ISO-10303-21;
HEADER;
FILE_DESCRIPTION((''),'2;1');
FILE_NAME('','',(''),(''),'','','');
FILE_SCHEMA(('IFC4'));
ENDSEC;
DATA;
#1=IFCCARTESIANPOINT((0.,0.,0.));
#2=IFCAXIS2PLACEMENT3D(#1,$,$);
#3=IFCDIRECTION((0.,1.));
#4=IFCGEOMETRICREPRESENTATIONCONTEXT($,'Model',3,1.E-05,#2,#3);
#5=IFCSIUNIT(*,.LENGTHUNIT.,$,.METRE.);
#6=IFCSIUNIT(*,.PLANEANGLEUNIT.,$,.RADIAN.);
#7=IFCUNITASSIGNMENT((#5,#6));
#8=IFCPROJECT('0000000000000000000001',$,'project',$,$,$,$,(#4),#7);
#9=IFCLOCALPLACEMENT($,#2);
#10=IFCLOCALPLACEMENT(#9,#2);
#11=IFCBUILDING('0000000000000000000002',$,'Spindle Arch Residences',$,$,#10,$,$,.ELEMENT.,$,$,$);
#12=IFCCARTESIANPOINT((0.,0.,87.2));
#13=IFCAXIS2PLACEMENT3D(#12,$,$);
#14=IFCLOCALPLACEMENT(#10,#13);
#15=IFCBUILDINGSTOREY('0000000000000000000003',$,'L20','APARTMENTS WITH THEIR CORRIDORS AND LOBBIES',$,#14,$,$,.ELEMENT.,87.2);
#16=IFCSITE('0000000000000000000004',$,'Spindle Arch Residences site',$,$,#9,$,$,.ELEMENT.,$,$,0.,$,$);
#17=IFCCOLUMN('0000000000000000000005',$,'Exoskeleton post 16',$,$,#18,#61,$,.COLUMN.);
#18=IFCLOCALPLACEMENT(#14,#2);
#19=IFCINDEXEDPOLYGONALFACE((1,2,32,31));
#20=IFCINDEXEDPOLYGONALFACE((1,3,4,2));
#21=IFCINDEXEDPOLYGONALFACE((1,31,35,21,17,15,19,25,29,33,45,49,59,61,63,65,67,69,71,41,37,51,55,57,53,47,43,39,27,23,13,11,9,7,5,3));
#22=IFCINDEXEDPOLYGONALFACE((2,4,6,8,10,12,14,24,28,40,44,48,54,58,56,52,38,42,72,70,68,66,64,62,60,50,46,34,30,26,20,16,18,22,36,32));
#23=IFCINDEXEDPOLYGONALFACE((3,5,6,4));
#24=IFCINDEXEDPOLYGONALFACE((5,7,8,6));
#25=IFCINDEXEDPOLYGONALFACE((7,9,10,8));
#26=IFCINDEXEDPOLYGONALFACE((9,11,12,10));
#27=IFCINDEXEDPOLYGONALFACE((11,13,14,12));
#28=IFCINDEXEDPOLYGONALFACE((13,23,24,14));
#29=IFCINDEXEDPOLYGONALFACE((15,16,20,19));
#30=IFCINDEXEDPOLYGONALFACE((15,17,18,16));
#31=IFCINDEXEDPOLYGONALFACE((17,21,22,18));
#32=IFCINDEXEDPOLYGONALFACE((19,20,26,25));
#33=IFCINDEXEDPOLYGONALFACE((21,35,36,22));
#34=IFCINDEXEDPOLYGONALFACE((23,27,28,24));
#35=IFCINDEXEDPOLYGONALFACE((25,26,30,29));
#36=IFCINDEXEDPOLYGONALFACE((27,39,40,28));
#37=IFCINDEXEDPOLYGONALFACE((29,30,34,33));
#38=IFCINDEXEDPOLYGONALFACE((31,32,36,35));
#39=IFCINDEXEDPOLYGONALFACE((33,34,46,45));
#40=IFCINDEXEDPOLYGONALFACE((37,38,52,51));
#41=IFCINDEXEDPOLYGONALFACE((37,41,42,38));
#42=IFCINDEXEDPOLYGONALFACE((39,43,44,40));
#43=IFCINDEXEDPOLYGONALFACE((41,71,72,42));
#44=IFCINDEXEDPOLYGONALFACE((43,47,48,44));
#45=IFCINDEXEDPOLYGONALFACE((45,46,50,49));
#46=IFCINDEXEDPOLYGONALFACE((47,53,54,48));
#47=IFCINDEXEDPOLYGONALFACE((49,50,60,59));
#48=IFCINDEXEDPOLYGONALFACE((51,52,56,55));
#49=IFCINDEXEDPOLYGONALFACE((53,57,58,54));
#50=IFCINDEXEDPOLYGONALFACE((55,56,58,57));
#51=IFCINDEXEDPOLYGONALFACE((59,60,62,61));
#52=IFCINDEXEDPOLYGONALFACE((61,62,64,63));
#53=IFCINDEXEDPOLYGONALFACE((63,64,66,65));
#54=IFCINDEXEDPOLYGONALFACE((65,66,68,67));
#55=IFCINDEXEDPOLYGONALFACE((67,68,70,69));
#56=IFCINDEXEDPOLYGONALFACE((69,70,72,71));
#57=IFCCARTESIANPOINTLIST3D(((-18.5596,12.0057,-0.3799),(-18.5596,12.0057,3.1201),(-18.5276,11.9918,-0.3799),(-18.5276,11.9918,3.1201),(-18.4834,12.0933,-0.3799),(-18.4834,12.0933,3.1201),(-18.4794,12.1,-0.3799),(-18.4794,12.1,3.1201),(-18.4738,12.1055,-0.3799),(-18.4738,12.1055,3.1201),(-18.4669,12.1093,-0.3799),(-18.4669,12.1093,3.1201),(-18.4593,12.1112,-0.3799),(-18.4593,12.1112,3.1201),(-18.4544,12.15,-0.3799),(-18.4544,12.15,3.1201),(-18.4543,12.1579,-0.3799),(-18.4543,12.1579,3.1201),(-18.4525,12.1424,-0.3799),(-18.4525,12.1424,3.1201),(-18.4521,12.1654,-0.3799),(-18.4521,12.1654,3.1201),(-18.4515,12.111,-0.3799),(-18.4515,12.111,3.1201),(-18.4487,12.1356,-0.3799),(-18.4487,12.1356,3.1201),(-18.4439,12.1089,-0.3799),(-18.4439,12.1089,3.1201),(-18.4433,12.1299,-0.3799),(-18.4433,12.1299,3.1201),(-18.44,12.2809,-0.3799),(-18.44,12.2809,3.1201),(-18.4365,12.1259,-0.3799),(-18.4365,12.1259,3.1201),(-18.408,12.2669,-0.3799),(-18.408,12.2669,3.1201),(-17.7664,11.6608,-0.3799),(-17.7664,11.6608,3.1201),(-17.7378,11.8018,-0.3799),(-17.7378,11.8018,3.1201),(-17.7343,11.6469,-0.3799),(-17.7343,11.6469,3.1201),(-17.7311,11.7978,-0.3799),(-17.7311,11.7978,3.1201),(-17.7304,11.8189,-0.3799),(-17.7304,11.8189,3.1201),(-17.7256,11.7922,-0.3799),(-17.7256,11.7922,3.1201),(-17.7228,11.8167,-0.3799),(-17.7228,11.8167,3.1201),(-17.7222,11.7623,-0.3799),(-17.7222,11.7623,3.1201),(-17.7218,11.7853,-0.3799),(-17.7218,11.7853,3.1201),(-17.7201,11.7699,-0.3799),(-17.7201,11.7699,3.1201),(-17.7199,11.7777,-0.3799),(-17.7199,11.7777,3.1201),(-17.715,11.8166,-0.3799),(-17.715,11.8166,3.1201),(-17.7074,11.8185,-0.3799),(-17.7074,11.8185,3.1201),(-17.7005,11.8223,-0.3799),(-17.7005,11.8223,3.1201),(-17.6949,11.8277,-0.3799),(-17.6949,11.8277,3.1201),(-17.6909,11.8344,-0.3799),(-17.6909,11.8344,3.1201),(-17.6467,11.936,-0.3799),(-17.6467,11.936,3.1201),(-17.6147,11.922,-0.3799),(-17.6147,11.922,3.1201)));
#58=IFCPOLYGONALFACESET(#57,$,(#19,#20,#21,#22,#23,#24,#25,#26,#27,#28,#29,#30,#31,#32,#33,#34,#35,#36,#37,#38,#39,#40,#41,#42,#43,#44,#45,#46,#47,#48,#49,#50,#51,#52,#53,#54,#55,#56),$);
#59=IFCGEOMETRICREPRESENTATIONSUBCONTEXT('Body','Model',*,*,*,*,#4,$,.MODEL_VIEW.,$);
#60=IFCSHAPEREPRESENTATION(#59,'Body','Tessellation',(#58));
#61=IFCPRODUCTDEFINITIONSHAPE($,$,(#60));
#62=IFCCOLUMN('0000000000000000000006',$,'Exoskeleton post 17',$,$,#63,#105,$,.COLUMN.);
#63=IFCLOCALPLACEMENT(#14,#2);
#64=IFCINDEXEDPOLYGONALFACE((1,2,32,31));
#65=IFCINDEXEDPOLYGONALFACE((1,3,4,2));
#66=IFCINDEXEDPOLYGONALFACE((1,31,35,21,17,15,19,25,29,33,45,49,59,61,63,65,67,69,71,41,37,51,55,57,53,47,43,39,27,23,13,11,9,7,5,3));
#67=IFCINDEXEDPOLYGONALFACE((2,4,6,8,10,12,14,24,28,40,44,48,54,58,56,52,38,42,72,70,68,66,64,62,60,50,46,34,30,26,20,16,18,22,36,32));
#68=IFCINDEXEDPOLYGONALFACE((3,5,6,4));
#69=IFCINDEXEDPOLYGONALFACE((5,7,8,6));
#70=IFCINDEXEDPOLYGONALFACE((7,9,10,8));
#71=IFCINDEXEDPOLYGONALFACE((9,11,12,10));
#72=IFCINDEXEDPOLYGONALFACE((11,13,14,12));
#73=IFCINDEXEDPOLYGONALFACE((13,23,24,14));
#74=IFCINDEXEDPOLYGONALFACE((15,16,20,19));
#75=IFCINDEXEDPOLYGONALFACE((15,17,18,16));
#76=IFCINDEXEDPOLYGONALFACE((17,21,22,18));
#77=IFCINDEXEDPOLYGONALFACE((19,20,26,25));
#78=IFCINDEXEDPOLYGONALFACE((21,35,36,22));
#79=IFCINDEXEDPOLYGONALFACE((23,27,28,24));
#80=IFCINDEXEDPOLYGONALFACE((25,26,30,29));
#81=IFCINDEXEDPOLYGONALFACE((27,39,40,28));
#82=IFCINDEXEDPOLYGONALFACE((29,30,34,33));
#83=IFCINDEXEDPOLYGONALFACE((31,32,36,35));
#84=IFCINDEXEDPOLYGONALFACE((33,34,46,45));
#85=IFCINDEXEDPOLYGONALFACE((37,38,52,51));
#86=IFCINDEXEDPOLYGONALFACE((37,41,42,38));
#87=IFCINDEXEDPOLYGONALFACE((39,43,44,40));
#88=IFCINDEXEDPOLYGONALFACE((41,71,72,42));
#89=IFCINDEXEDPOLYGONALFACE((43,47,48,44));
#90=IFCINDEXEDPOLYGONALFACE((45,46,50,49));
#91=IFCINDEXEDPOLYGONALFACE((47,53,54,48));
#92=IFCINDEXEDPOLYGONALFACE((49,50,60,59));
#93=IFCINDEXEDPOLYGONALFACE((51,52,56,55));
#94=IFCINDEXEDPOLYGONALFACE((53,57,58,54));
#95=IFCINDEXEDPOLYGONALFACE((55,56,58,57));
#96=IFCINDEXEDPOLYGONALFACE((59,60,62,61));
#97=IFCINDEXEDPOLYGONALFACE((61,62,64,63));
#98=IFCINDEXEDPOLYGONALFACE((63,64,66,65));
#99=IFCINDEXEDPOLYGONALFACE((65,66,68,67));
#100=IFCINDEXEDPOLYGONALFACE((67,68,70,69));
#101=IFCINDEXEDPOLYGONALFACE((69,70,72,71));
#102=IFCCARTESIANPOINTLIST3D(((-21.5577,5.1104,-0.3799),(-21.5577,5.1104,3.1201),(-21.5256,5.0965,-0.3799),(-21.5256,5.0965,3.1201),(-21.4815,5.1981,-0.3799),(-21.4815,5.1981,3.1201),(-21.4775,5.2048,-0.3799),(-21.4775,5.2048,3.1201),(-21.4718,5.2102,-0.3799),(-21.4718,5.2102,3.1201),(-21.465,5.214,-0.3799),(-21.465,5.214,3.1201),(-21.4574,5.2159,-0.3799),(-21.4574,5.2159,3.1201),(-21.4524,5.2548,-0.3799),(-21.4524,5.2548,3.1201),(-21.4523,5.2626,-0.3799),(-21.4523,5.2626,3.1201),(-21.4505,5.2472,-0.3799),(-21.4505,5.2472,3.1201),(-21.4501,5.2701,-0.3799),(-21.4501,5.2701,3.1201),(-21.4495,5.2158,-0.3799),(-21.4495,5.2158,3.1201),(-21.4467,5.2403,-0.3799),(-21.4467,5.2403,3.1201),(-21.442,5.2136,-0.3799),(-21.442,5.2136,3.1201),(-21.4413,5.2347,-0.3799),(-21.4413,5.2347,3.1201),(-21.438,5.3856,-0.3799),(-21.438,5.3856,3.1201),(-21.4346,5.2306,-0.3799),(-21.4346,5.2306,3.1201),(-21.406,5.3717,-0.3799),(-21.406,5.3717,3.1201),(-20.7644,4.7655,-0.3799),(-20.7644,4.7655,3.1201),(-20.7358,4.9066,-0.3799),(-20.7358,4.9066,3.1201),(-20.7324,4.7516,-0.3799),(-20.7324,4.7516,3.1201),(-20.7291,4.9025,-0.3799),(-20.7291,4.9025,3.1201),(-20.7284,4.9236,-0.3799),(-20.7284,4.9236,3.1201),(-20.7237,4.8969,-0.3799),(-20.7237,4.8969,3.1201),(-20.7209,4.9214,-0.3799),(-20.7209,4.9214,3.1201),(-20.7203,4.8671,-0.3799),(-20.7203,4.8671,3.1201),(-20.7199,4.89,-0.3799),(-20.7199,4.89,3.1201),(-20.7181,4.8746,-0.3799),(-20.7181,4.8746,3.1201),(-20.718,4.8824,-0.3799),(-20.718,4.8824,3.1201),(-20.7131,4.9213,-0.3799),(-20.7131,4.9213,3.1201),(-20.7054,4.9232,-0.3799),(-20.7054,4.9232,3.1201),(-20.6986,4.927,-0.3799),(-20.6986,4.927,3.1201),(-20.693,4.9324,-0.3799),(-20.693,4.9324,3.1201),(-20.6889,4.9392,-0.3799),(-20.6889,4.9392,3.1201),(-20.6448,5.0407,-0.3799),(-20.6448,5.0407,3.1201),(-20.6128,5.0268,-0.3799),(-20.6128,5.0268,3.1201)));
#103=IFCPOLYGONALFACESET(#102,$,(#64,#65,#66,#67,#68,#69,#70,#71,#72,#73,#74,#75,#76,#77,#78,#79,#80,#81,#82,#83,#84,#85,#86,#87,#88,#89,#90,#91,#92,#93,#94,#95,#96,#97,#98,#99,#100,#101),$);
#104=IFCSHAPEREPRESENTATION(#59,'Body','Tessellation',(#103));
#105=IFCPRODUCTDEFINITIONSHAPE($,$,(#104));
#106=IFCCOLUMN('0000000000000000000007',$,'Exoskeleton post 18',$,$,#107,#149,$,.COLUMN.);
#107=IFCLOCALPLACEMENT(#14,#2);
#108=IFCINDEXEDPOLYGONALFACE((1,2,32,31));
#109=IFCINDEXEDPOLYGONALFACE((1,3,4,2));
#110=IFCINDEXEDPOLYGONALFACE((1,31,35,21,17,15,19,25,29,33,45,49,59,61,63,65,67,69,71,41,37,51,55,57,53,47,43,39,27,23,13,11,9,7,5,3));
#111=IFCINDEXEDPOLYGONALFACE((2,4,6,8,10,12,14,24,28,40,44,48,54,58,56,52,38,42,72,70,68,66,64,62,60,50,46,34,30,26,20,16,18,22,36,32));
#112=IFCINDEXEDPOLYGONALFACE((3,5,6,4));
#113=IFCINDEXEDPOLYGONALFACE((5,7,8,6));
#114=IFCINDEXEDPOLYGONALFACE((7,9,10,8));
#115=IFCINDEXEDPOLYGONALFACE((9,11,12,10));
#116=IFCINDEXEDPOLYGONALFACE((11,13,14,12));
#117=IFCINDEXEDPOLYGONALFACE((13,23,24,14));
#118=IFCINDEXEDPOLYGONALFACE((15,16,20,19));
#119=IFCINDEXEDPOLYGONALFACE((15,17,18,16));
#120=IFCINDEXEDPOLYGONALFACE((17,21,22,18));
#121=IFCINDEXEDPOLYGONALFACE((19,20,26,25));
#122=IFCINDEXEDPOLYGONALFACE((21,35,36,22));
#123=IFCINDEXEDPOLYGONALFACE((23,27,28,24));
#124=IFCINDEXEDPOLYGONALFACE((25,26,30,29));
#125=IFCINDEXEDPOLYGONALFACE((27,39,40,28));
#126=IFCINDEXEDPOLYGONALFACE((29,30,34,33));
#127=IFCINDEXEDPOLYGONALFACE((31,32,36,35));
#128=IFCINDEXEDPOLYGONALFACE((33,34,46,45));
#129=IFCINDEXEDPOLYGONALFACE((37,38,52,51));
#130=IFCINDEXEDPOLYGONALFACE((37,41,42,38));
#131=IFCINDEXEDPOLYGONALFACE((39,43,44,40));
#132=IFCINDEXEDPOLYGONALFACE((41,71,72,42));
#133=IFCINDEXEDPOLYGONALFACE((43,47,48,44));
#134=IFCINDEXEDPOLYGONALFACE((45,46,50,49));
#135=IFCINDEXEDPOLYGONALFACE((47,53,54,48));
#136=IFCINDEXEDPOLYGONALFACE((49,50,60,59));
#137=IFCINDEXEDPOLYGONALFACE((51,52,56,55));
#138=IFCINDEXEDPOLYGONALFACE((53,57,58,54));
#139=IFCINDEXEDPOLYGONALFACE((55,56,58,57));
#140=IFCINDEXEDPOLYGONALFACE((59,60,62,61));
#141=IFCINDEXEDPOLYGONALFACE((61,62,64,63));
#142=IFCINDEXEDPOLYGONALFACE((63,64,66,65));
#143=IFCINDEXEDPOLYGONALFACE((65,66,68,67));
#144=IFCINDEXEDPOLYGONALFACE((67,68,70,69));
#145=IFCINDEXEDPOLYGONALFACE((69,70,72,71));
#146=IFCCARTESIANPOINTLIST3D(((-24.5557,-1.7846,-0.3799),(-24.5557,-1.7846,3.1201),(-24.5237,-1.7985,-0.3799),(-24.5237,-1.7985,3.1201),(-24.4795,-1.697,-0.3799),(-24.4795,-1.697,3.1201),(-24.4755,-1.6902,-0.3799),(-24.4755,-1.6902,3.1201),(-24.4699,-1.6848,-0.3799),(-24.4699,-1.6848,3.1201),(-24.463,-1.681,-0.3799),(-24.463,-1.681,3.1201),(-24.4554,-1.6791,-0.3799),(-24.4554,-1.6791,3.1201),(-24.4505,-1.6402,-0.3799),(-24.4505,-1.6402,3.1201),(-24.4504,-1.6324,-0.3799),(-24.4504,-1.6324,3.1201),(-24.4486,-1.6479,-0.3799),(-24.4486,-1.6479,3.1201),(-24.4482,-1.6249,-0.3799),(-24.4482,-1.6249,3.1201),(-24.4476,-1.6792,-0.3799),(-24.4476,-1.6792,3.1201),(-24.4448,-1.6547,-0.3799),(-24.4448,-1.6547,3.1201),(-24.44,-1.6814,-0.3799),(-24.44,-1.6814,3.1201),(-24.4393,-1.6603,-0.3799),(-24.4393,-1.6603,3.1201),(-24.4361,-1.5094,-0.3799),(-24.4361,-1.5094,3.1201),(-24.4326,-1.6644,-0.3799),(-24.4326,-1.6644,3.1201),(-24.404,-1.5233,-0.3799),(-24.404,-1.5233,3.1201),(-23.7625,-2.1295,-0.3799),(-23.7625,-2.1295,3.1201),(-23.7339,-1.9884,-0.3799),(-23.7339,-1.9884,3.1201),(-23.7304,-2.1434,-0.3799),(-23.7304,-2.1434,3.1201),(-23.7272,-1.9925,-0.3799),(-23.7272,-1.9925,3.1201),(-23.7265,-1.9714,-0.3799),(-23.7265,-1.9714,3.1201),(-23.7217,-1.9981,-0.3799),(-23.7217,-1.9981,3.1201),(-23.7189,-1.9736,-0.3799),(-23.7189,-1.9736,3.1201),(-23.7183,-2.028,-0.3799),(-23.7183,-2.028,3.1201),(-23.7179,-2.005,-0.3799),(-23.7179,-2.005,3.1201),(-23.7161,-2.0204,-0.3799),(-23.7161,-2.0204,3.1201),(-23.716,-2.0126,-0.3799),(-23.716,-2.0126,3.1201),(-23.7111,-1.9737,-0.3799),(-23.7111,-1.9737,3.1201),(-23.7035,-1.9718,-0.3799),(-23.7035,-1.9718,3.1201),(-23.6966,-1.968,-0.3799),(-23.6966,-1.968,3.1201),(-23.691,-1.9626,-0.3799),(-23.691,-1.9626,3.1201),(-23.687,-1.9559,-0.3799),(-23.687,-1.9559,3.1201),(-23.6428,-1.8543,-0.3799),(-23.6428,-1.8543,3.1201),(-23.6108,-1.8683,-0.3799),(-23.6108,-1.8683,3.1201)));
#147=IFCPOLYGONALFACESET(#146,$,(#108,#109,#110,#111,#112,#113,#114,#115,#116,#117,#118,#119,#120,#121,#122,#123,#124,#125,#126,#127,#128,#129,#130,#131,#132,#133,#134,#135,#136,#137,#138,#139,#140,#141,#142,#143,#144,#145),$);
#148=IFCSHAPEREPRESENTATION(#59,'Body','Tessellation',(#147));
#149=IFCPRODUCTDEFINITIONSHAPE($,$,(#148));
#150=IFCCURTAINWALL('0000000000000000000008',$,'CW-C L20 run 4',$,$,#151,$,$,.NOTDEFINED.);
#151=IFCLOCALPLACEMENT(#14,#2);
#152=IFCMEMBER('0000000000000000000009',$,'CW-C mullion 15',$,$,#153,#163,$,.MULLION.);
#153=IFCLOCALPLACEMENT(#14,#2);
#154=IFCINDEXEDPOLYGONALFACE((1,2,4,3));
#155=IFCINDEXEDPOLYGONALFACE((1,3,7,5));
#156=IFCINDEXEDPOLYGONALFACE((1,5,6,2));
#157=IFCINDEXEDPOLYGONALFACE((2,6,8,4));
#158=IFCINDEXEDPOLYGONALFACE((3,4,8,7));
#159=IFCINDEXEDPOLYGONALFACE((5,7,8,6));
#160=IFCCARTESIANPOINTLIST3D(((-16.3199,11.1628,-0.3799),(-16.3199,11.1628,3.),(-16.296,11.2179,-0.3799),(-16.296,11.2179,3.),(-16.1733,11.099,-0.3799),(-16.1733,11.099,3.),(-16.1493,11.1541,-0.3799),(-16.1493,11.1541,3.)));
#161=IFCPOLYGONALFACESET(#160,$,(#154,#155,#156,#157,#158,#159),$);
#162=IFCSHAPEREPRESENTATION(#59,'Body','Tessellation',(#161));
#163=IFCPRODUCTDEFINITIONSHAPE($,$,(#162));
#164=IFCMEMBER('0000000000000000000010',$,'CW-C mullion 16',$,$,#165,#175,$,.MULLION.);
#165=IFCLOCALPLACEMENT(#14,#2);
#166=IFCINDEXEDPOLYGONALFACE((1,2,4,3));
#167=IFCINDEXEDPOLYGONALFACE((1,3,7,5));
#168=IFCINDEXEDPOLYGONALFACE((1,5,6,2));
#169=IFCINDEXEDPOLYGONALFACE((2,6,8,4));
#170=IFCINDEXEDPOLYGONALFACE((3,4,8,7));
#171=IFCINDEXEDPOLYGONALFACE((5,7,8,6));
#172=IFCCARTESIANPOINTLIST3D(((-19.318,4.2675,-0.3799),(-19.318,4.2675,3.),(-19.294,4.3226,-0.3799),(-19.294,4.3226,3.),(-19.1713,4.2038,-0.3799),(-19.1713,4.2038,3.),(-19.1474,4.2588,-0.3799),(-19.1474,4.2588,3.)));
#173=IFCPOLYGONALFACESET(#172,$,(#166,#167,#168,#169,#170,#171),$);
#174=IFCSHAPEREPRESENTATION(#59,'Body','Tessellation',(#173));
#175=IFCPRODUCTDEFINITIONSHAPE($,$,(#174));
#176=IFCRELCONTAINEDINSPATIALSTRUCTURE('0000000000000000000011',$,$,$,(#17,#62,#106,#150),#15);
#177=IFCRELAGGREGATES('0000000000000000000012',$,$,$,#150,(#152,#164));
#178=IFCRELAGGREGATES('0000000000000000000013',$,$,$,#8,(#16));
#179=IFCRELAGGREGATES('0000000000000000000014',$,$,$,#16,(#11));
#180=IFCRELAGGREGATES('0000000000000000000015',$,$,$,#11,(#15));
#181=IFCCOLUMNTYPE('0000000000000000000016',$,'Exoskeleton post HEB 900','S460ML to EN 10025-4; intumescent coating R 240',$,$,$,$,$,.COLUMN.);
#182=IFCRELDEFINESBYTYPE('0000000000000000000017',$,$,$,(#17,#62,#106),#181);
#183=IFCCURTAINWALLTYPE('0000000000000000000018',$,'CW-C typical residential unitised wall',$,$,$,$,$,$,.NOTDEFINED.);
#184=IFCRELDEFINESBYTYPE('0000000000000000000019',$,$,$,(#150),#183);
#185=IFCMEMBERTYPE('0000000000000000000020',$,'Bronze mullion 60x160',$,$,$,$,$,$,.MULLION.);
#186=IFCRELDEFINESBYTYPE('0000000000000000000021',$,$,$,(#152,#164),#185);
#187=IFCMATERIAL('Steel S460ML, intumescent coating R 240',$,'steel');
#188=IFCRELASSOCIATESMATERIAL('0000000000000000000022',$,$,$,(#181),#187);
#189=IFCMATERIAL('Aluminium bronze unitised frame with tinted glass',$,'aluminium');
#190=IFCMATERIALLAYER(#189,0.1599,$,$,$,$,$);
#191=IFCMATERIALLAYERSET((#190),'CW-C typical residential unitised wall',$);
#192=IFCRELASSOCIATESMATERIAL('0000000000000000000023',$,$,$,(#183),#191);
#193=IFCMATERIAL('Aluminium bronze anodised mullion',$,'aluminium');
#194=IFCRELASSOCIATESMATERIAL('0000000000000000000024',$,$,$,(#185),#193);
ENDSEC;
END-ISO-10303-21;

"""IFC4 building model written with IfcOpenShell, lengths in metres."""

from ifc_helpers import new_model, si_unit, direction, frame, origin, origin_2d, place, context, subcontext, project, spatial, rectangle, i_section, extrude, material, layer, layer_set, material_profile, profile_set, type_object, element, aggregate, save


model = new_model("IFC4")

# Units and contexts
model_context = context("Model", 3, precision=1e-05, world=origin(), true_north=direction((0.0, 1.0)))
body_context = subcontext(model_context, "Body", "Model", "MODEL_VIEW")
ifc_project = project(units=[si_unit("LENGTHUNIT", "METRE"), si_unit("PLANEANGLEUNIT", "RADIAN")], contexts=[model_context])

# Site, building, storey
site_placement = place(None, origin())
site = spatial("IfcSite", under=ifc_project, at=site_placement, Name="Spindle Arch Residences site", CompositionType="ELEMENT", RefElevation=0.0)
building_placement = place(site_placement, origin())
building = spatial("IfcBuilding", under=site, at=building_placement, Name="Spindle Arch Residences", CompositionType="ELEMENT")
storey_placement = place(building_placement, frame((0.0, 0.0, 87.2)))
storey = spatial("IfcBuildingStorey", under=building, at=storey_placement, Name="L20", Description="APARTMENTS WITH THEIR CORRIDORS AND LOBBIES", CompositionType="ELEMENT", Elevation=87.2)

# Columns
ifc_material_1 = material(Name="Steel S460ML, intumescent coating R 240", Category="steel")
ifc_material_profile_1 = material_profile(ifc_material_1, i_section(OverallWidth=0.3, OverallDepth=0.8999, WebThickness=0.0186, FlangeThickness=0.0349, FilletRadius=0.03, at=origin_2d()), Name="HEB 900")
ifc_profile_set_1 = profile_set([ifc_material_profile_1], Name="Steel S460ML, intumescent coating R 240")
column_type = type_object("IfcColumnType", Name="Exoskeleton post HEB 900", Description="S460ML to EN 10025-4; intumescent coating R 240", PredefinedType="COLUMN", material=ifc_profile_set_1)
for number, where, z_axis, x_axis, name in (
    (1, (-18.0872, 11.9639, -0.3799), (0.0, 0.0, 1.0), (0.398749, 0.91706, 0.0), "Exoskeleton post 16"),
    (2, (-21.0852, 5.0686, -0.3799), (0.0, 0.0, 1.0), (0.398749, 0.91706, 0.0), "Exoskeleton post 17"),
    (3, (-24.0833, -1.8264, -0.3799), (0.0, 0.0, 1.0), (0.398749, 0.91706, 0.0), "Exoskeleton post 18"),
):
    element("IfcColumn", number, at=place(storey_placement, frame(where, z_axis=z_axis, x_axis=x_axis)), inside=storey, type_object=column_type, Name=name, PredefinedType="COLUMN", context=body_context, shape_type="SweptSolid", body=[
        extrude(i_section(OverallWidth=0.3, OverallDepth=0.8999, WebThickness=0.0186, FlangeThickness=0.0349, FilletRadius=0.03, at=origin_2d()), origin(), (0.0, 0.0, 1.0), 3.5),
    ])

# Curtain wall, members
ifc_material_2 = material(Name="Aluminium bronze unitised frame with tinted glass", Category="aluminium")
ifc_layer_1 = layer(ifc_material_2, 0.1599)
ifc_layer_set_1 = layer_set([ifc_layer_1], Name="CW-C typical residential unitised wall")
curtain_wall_type = type_object("IfcCurtainWallType", Name="CW-C typical residential unitised wall", PredefinedType="NOTDEFINED", material=ifc_layer_set_1)
curtain_wall_placement = place(storey_placement, origin())
curtain_wall = element("IfcCurtainWall", 4, at=curtain_wall_placement, inside=storey, type_object=curtain_wall_type, Name="CW-C L20 run 4", PredefinedType="NOTDEFINED")
ifc_material_3 = material(Name="Aluminium bronze anodised mullion", Category="aluminium")
ifc_material_profile_2 = material_profile(ifc_material_3, rectangle(XDim=0.1599, YDim=0.0601, at=origin_2d()), Name="MU 60x160")
ifc_profile_set_2 = profile_set([ifc_material_profile_2], Name="Aluminium bronze anodised mullion")
member_type = type_object("IfcMemberType", Name="Bronze mullion 60x160", PredefinedType="MULLION", material=ifc_profile_set_2)
member_1_placement = place(storey_placement, frame((-16.2346, 11.1584, -0.3799), z_axis=(0.0, 0.0, 1.0), x_axis=(0.91706, -0.398749, 0.0)))
member_1 = element("IfcMember", 5, at=member_1_placement, type_object=member_type, Name="CW-C mullion 15", PredefinedType="MULLION", context=body_context, shape_type="SweptSolid", body=[
    extrude(rectangle(XDim=0.1599, YDim=0.0601, at=origin_2d()), origin(), (0.0, 0.0, 1.0), 3.3799),
])
member_2_placement = place(storey_placement, frame((-19.2327, 4.2632, -0.3799), z_axis=(0.0, 0.0, 1.0), x_axis=(0.91706, -0.398749, 0.0)))
member_2 = element("IfcMember", 6, at=member_2_placement, type_object=member_type, Name="CW-C mullion 16", PredefinedType="MULLION", context=body_context, shape_type="SweptSolid", body=[
    extrude(rectangle(XDim=0.1599, YDim=0.0601, at=origin_2d()), origin(), (0.0, 0.0, 1.0), 3.3799),
])

aggregate(curtain_wall, [member_1, member_2])

save(model, "model.ifc")
